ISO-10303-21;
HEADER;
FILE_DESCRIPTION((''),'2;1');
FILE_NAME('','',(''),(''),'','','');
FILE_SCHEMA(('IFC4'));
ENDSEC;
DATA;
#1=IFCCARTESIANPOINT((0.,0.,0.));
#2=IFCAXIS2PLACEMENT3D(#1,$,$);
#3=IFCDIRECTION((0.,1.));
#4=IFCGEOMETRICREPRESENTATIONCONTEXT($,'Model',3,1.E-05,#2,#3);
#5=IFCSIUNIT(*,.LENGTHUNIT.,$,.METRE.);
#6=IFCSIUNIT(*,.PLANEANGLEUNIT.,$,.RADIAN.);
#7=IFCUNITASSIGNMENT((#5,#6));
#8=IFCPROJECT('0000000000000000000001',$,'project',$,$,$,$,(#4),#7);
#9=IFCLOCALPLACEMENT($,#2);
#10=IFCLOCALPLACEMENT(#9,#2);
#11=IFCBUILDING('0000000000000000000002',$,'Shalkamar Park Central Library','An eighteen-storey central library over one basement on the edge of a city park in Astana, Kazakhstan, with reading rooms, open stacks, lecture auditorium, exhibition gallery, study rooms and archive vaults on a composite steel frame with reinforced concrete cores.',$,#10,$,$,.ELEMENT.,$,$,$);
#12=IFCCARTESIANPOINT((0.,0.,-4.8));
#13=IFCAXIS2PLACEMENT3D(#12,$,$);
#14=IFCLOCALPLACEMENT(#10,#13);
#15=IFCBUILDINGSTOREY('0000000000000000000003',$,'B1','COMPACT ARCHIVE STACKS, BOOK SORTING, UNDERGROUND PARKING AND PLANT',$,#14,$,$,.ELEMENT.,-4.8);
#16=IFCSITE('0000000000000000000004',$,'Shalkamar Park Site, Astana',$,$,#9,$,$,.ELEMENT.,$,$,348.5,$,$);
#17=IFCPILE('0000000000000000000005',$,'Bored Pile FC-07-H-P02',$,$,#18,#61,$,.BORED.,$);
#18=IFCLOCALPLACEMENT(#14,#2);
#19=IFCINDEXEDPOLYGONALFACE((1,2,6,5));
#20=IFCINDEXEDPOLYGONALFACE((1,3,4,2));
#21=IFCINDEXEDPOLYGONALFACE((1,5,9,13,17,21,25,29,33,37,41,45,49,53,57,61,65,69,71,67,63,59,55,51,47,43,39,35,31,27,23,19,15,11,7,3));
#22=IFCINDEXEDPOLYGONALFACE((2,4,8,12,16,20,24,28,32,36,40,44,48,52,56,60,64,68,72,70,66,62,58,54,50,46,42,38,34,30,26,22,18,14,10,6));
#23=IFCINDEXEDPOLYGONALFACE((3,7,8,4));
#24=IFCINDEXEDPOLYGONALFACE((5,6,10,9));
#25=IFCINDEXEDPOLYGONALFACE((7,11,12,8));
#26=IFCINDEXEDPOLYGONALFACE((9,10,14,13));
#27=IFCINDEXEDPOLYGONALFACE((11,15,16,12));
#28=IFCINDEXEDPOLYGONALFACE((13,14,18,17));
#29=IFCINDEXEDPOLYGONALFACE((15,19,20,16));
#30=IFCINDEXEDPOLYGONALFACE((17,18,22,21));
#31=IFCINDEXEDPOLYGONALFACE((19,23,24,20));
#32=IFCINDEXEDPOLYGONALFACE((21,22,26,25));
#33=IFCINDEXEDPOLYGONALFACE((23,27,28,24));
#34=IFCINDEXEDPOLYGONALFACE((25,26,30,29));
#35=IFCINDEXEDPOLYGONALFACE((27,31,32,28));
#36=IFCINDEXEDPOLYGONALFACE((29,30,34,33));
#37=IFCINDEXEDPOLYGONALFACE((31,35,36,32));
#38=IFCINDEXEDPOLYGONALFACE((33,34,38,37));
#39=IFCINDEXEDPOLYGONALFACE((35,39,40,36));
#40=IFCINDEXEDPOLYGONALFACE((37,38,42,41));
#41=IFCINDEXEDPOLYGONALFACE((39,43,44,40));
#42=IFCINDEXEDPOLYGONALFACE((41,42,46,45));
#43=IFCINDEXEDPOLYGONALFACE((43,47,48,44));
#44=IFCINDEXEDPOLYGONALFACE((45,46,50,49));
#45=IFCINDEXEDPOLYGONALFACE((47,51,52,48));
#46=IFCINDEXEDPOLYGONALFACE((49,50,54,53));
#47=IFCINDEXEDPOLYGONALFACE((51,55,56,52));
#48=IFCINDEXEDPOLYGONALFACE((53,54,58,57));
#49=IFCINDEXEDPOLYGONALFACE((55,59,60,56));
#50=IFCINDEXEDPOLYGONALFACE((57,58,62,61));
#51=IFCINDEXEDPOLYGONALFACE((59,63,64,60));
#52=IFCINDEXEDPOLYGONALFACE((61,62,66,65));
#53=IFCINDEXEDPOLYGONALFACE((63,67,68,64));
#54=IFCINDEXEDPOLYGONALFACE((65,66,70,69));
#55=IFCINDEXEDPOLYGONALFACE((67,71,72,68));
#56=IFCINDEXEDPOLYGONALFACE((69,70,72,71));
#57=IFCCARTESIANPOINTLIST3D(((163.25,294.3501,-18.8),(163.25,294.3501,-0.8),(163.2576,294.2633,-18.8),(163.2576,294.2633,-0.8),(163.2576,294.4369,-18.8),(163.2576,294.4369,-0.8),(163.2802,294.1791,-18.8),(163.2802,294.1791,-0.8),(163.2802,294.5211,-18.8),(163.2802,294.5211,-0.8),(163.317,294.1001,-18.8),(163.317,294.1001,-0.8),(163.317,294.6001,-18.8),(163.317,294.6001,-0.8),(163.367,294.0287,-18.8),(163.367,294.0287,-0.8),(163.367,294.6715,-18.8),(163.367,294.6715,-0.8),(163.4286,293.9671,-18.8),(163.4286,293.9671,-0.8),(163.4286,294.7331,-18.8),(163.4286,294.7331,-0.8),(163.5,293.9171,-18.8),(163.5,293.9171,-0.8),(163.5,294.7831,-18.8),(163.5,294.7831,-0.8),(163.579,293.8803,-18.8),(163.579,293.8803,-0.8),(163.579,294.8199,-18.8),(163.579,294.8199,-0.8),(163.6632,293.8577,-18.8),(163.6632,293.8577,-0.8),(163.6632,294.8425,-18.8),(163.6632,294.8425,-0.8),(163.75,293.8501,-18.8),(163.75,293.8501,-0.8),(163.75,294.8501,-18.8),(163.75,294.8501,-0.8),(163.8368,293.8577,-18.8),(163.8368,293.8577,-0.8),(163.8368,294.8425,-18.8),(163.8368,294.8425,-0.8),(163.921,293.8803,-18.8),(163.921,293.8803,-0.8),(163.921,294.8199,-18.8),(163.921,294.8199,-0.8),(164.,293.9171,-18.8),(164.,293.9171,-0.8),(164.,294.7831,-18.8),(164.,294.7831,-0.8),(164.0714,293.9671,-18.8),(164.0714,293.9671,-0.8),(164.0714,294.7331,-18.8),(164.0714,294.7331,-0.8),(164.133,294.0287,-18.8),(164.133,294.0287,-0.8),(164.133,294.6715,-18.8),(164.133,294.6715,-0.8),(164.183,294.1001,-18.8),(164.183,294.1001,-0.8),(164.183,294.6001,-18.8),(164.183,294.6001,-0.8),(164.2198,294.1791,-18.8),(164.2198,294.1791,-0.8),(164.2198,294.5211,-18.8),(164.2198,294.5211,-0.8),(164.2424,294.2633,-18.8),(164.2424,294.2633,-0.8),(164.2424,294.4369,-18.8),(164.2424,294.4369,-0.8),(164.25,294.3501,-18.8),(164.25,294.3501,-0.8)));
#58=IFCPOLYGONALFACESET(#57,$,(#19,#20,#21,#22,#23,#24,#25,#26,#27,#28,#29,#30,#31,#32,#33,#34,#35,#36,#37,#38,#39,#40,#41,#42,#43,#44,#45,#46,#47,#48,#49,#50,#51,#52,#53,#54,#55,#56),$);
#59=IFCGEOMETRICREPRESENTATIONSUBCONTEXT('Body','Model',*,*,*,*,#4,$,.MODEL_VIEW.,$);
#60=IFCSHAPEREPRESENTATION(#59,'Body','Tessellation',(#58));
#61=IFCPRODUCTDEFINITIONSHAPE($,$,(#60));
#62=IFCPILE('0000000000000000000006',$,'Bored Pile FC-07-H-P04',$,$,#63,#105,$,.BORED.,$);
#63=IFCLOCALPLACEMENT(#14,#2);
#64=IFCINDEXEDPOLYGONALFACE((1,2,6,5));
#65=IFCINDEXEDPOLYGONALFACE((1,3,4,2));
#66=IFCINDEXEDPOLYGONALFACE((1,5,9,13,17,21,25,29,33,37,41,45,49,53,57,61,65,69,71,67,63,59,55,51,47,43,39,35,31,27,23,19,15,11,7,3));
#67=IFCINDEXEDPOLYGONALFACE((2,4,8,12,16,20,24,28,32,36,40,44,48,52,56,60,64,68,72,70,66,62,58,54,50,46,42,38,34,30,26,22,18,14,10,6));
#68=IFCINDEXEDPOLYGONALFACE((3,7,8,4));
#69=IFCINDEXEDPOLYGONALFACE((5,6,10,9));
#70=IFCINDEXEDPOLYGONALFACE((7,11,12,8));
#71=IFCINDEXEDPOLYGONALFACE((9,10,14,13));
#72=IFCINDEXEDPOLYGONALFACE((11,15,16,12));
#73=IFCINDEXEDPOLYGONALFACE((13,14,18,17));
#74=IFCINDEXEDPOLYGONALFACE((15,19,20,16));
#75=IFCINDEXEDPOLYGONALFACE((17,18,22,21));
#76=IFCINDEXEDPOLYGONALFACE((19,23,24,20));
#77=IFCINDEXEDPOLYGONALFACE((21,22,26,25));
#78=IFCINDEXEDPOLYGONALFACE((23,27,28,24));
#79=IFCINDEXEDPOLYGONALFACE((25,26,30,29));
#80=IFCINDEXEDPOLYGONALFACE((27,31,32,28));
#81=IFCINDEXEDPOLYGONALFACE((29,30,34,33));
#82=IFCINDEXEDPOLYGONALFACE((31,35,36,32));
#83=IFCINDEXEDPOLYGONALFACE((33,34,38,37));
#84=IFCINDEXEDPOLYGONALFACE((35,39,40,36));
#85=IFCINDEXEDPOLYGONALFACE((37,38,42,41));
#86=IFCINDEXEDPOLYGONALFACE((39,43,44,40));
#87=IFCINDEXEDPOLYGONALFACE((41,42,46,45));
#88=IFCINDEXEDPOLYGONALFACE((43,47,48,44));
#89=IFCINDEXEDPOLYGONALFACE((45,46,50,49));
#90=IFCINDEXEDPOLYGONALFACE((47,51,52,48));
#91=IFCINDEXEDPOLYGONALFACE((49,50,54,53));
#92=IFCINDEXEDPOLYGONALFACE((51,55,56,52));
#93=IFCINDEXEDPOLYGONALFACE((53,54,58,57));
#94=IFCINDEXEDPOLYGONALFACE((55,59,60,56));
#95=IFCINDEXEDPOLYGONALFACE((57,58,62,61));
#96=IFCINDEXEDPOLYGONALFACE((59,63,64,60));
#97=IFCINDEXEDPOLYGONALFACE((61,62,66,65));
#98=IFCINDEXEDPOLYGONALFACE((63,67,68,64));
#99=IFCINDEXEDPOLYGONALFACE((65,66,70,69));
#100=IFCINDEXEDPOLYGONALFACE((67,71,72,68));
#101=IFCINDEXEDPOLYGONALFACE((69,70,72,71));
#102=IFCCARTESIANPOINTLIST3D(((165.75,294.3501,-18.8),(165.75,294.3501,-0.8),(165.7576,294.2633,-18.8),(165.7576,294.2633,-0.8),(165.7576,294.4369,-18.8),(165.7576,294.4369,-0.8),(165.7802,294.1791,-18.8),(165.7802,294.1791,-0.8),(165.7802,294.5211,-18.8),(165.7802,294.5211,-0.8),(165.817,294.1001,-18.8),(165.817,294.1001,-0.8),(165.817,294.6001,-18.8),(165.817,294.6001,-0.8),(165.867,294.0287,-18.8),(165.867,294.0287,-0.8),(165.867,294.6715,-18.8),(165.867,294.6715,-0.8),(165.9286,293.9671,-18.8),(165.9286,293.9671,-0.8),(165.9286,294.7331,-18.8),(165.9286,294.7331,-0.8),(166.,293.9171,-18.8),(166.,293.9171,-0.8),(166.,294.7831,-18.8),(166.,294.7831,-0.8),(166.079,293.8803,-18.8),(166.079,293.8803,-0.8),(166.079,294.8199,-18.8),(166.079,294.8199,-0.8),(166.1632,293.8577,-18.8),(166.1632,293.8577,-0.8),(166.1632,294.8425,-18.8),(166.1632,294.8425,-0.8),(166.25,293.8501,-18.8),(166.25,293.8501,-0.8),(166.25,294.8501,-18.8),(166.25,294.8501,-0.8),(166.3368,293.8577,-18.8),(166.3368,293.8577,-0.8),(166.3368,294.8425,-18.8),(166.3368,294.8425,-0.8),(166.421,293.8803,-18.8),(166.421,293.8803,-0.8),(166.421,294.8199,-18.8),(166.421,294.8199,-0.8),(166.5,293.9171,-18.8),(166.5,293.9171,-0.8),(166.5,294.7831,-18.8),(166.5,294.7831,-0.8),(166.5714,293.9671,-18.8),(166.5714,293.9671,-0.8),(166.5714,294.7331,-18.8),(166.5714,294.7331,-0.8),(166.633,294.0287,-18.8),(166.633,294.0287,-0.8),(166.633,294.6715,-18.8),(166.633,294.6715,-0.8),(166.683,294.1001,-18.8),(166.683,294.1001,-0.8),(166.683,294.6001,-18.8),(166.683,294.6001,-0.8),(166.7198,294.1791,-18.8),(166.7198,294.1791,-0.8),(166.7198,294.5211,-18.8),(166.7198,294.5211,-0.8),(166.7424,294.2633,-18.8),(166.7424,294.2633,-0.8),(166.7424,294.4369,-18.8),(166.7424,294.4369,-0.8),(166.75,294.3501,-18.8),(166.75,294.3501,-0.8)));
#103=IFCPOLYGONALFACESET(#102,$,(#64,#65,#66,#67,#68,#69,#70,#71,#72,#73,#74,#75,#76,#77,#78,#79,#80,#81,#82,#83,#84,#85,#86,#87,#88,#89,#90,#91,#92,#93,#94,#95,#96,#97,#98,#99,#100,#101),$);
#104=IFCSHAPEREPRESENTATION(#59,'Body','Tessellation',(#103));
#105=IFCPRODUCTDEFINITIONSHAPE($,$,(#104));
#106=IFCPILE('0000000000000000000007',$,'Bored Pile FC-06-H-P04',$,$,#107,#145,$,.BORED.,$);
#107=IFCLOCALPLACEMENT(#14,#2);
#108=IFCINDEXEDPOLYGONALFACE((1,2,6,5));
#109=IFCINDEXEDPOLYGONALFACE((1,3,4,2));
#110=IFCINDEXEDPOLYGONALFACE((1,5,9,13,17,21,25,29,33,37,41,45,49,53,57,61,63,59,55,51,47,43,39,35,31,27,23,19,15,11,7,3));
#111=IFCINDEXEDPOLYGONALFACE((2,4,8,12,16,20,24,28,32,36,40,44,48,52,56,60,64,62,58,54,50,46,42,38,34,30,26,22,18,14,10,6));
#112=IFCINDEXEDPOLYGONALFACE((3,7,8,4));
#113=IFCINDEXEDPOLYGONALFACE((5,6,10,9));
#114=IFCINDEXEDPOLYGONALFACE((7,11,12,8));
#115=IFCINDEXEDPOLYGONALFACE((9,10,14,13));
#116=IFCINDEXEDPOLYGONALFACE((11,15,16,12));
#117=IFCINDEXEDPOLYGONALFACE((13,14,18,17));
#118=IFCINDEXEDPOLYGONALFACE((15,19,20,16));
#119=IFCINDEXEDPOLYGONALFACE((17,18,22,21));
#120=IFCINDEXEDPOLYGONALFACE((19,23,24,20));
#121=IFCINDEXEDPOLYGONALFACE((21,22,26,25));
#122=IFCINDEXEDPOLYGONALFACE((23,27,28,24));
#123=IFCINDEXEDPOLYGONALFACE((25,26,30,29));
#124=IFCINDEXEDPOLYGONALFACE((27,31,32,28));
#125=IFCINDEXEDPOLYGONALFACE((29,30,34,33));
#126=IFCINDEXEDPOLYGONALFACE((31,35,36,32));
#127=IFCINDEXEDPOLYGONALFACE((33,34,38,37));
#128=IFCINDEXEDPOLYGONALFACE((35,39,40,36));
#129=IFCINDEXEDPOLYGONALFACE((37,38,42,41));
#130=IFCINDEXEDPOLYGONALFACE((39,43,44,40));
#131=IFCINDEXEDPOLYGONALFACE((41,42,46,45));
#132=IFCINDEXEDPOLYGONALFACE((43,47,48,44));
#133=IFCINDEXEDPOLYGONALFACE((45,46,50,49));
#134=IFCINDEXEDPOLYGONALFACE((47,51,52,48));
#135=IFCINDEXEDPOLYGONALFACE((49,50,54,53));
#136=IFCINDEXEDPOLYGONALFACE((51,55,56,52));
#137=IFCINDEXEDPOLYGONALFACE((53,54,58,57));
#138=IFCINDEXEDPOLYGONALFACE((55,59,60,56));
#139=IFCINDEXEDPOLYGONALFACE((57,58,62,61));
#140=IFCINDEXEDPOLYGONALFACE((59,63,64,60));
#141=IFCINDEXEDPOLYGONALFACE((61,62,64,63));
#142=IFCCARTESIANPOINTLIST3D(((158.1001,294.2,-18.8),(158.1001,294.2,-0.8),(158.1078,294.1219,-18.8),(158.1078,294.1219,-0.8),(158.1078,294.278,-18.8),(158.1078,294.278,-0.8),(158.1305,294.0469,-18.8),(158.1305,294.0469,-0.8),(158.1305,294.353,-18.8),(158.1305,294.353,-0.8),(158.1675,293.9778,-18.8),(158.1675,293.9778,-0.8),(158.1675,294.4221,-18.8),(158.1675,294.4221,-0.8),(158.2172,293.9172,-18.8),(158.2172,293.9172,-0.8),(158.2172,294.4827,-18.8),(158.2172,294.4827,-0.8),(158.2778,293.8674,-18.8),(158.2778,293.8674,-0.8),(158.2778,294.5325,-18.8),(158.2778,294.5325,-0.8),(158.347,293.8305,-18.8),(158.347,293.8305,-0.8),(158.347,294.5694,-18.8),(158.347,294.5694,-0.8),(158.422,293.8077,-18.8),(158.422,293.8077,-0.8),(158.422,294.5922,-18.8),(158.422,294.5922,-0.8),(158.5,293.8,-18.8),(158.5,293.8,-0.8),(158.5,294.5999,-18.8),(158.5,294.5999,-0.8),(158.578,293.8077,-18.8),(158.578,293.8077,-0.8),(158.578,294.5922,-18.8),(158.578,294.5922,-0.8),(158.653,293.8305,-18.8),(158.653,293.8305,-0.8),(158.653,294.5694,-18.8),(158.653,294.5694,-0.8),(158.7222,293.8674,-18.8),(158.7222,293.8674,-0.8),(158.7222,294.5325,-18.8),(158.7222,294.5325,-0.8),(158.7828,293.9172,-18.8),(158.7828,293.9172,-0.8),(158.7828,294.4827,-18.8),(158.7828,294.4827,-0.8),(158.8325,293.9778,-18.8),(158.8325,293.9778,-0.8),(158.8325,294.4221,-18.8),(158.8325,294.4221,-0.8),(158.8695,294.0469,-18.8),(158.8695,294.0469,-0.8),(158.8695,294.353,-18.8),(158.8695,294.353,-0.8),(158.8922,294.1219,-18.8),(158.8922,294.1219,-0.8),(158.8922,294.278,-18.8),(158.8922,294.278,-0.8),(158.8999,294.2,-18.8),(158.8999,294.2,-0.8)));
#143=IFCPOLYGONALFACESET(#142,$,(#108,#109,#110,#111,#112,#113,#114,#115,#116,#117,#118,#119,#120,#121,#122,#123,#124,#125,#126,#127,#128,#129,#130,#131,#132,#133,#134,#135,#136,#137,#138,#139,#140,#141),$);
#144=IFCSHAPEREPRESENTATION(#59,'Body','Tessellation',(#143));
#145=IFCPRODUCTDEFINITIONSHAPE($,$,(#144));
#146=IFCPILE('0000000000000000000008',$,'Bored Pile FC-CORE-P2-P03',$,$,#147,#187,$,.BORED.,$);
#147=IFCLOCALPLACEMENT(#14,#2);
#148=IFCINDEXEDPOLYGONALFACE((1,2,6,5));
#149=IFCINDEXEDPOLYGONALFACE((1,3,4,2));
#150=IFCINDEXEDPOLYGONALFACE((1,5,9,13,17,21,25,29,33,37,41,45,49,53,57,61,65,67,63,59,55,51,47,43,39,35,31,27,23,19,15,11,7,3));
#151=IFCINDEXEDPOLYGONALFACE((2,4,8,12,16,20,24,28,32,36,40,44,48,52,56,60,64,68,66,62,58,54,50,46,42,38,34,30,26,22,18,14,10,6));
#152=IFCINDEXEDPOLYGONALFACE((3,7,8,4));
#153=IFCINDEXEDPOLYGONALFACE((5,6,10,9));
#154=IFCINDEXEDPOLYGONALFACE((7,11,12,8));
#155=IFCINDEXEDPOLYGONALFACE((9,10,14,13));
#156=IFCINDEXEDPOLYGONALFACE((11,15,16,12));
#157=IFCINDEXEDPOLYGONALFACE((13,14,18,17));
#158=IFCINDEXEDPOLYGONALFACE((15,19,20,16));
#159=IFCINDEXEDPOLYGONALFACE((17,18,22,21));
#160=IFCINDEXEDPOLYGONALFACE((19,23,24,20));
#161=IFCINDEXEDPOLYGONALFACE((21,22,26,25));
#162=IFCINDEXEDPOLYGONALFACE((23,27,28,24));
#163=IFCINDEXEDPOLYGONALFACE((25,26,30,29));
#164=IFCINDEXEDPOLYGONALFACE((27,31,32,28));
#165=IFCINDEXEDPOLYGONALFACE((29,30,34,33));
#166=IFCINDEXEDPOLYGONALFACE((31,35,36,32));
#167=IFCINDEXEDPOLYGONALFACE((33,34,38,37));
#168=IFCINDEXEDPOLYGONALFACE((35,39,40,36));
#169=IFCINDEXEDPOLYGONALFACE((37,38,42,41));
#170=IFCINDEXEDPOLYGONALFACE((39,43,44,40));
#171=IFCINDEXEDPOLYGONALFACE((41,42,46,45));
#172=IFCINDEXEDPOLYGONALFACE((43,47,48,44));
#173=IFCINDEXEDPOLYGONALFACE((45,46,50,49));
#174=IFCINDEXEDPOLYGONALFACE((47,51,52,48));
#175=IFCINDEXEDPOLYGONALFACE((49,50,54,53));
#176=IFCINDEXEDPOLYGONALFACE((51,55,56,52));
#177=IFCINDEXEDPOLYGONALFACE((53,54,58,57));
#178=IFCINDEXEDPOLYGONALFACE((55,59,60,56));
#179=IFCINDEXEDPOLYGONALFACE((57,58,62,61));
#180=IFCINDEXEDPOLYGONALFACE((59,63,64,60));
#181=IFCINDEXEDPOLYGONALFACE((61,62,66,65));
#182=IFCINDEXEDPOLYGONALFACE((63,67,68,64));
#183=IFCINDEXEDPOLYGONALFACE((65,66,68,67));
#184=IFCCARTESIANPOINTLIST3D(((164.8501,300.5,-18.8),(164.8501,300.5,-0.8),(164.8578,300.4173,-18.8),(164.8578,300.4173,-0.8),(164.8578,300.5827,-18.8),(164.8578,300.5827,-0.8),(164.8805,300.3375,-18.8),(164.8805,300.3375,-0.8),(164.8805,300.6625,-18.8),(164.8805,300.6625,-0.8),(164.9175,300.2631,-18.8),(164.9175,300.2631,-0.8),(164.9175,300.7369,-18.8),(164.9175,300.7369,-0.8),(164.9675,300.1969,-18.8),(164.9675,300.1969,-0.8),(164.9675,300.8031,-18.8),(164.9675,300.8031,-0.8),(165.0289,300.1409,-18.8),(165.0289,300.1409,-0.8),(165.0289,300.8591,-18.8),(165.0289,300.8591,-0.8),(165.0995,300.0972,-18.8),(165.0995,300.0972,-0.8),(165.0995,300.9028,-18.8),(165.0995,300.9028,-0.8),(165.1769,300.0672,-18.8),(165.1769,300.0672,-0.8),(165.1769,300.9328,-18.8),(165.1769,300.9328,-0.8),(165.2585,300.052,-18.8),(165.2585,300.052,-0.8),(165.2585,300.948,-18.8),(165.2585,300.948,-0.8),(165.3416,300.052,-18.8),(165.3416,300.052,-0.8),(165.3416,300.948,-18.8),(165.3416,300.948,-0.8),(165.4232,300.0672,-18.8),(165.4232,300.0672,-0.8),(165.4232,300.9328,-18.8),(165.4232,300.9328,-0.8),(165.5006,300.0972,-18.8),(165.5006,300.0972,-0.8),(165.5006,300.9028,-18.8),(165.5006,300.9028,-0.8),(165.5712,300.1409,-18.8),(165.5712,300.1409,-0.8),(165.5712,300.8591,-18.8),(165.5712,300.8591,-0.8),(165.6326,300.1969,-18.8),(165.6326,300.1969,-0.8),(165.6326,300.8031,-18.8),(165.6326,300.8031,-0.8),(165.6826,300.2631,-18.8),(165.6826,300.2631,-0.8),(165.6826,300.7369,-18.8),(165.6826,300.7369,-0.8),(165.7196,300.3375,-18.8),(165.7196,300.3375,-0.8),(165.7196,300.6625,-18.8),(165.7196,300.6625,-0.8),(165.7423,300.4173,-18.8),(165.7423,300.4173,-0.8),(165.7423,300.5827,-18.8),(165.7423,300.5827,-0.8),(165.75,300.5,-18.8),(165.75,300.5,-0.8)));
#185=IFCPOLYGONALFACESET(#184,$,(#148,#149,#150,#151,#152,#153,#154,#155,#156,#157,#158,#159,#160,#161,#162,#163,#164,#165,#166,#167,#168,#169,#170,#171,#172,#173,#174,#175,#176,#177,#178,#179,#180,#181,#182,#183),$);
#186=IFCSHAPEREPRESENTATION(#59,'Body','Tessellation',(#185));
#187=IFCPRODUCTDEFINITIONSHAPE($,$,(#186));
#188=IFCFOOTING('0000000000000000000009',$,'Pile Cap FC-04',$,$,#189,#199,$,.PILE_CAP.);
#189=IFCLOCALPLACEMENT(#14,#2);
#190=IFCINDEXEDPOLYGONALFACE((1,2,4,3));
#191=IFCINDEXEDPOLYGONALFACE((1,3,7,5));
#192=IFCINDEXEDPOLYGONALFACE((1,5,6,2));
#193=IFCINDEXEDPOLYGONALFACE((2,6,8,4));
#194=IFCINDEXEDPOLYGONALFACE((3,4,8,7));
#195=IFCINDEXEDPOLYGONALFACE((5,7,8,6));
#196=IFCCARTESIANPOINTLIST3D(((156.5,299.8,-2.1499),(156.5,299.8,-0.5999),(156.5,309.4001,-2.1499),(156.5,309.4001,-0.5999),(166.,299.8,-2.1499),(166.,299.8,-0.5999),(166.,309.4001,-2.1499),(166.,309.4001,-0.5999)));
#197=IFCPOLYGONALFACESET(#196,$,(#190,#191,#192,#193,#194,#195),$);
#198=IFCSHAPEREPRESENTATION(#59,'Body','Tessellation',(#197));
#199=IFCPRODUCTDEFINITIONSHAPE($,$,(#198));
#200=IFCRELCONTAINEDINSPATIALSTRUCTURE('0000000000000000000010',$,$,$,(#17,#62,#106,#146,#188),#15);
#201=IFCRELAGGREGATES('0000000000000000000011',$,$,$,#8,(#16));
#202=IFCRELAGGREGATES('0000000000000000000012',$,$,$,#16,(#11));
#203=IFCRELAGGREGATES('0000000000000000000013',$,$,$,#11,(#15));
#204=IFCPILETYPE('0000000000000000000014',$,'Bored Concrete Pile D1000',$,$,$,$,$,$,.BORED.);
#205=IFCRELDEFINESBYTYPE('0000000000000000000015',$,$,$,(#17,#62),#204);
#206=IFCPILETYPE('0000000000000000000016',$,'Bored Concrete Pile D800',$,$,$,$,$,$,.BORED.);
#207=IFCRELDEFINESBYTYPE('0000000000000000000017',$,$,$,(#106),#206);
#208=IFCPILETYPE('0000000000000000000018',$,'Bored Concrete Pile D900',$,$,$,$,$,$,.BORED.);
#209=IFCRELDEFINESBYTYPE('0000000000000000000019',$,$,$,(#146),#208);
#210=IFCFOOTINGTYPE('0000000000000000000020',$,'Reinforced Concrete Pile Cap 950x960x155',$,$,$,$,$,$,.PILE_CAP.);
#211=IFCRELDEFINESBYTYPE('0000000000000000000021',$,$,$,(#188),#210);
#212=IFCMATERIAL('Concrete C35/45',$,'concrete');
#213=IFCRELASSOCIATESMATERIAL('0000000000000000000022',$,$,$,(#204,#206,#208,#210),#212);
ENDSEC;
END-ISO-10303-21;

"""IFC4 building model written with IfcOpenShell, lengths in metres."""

from ifc_helpers import new_model, si_unit, direction, frame, origin, origin_2d, place, context, subcontext, project, spatial, rectangle, circle, extrude, material, material_profile, profile_set, type_object, element, save


model = new_model("IFC4")

# Units and contexts
model_context = context("Model", 3, precision=1e-05, world=origin(), true_north=direction((0.0, 1.0)))
body_context = subcontext(model_context, "Body", "Model", "MODEL_VIEW")
ifc_project = project(units=[si_unit("LENGTHUNIT", "METRE"), si_unit("PLANEANGLEUNIT", "RADIAN")], contexts=[model_context])

# Site, building, storey
site_placement = place(None, origin())
site = spatial("IfcSite", under=ifc_project, at=site_placement, Name="Shalkamar Park Site, Astana", CompositionType="ELEMENT", RefElevation=348.5)
building_placement = place(site_placement, origin())
building = spatial("IfcBuilding", under=site, at=building_placement, Name="Shalkamar Park Central Library", Description="An eighteen-storey central library over one basement on the edge of a city park in Astana, Kazakhstan, with reading rooms, open stacks, lecture auditorium, exhibition gallery, study rooms and archive vaults on a composite steel frame with reinforced concrete cores.", CompositionType="ELEMENT")
storey_placement = place(building_placement, frame((0.0, 0.0, -4.8)))
storey = spatial("IfcBuildingStorey", under=building, at=storey_placement, Name="B1", Description="COMPACT ARCHIVE STACKS, BOOK SORTING, UNDERGROUND PARKING AND PLANT", CompositionType="ELEMENT", Elevation=-4.8)

# Piles
ifc_material_1 = material(Name="Concrete C35/45", Category="concrete")
ifc_material_profile_1 = material_profile(ifc_material_1, circle(Radius=0.5, at=origin_2d()), Name="PILE D1000")
ifc_profile_set_1 = profile_set([ifc_material_profile_1], Name="Concrete C35/45")
pile_type_1 = type_object("IfcPileType", Name="Bored Concrete Pile D1000", PredefinedType="BORED", material=ifc_profile_set_1)
for number, where, z_axis, x_axis, name in (
    (1, (163.75, 294.3501, -0.8), (0.0, 0.0, -1.0), (1.0, 0.0, 0.0), "Bored Pile FC-07-H-P02"),
    (2, (166.25, 294.3501, -0.8), (0.0, 0.0, -1.0), (1.0, 0.0, 0.0), "Bored Pile FC-07-H-P04"),
):
    element("IfcPile", number, at=place(storey_placement, frame(where, z_axis=z_axis, x_axis=x_axis)), inside=storey, type_object=pile_type_1, Name=name, PredefinedType="BORED", context=body_context, shape_type="SweptSolid", body=[
        extrude(circle(Radius=0.5, at=origin_2d()), origin(), (0.0, 0.0, 1.0), 18.0),
    ])
ifc_material_profile_2 = material_profile(ifc_material_1, circle(Radius=0.3999, at=origin_2d()), Name="PILE D800")
ifc_profile_set_2 = profile_set([ifc_material_profile_2], Name="Concrete C35/45")
pile_type_2 = type_object("IfcPileType", Name="Bored Concrete Pile D800", PredefinedType="BORED", material=ifc_profile_set_2)
pile_1_placement = place(storey_placement, frame((158.5, 294.2, -0.8), z_axis=(0.0, 0.0, -1.0), x_axis=(1.0, 0.0, 0.0)))
element("IfcPile", 3, at=pile_1_placement, inside=storey, type_object=pile_type_2, Name="Bored Pile FC-06-H-P04", PredefinedType="BORED", context=body_context, shape_type="SweptSolid", body=[
    extrude(circle(Radius=0.3999, at=origin_2d()), origin(), (0.0, 0.0, 1.0), 18.0),
])
ifc_material_profile_3 = material_profile(ifc_material_1, circle(Radius=0.45, at=origin_2d()), Name="PILE D900")
ifc_profile_set_3 = profile_set([ifc_material_profile_3], Name="Concrete C35/45")
pile_type_3 = type_object("IfcPileType", Name="Bored Concrete Pile D900", PredefinedType="BORED", material=ifc_profile_set_3)
pile_2_placement = place(storey_placement, frame((165.3, 300.5, -0.8), z_axis=(0.0, 0.0, -1.0), x_axis=(1.0, 0.0, 0.0)))
element("IfcPile", 4, at=pile_2_placement, inside=storey, type_object=pile_type_3, Name="Bored Pile FC-CORE-P2-P03", PredefinedType="BORED", context=body_context, shape_type="SweptSolid", body=[
    extrude(circle(Radius=0.45, at=origin_2d()), origin(), (0.0, 0.0, 1.0), 18.0),
])

# Footing
footing_type = type_object("IfcFootingType", Name="Reinforced Concrete Pile Cap 950x960x155", PredefinedType="PILE_CAP", material=ifc_material_1)
footing_placement = place(storey_placement, frame((161.25, 304.6001, -2.1499), z_axis=(0.0, 0.0, 1.0), x_axis=(1.0, 0.0, 0.0)))
element("IfcFooting", 5, at=footing_placement, inside=storey, type_object=footing_type, Name="Pile Cap FC-04", PredefinedType="PILE_CAP", context=body_context, shape_type="SweptSolid", body=[
    extrude(rectangle(XDim=9.5, YDim=9.6001, at=origin_2d()), origin(), (0.0, 0.0, 1.0), 1.55),
])

save(model, "model.ifc")
